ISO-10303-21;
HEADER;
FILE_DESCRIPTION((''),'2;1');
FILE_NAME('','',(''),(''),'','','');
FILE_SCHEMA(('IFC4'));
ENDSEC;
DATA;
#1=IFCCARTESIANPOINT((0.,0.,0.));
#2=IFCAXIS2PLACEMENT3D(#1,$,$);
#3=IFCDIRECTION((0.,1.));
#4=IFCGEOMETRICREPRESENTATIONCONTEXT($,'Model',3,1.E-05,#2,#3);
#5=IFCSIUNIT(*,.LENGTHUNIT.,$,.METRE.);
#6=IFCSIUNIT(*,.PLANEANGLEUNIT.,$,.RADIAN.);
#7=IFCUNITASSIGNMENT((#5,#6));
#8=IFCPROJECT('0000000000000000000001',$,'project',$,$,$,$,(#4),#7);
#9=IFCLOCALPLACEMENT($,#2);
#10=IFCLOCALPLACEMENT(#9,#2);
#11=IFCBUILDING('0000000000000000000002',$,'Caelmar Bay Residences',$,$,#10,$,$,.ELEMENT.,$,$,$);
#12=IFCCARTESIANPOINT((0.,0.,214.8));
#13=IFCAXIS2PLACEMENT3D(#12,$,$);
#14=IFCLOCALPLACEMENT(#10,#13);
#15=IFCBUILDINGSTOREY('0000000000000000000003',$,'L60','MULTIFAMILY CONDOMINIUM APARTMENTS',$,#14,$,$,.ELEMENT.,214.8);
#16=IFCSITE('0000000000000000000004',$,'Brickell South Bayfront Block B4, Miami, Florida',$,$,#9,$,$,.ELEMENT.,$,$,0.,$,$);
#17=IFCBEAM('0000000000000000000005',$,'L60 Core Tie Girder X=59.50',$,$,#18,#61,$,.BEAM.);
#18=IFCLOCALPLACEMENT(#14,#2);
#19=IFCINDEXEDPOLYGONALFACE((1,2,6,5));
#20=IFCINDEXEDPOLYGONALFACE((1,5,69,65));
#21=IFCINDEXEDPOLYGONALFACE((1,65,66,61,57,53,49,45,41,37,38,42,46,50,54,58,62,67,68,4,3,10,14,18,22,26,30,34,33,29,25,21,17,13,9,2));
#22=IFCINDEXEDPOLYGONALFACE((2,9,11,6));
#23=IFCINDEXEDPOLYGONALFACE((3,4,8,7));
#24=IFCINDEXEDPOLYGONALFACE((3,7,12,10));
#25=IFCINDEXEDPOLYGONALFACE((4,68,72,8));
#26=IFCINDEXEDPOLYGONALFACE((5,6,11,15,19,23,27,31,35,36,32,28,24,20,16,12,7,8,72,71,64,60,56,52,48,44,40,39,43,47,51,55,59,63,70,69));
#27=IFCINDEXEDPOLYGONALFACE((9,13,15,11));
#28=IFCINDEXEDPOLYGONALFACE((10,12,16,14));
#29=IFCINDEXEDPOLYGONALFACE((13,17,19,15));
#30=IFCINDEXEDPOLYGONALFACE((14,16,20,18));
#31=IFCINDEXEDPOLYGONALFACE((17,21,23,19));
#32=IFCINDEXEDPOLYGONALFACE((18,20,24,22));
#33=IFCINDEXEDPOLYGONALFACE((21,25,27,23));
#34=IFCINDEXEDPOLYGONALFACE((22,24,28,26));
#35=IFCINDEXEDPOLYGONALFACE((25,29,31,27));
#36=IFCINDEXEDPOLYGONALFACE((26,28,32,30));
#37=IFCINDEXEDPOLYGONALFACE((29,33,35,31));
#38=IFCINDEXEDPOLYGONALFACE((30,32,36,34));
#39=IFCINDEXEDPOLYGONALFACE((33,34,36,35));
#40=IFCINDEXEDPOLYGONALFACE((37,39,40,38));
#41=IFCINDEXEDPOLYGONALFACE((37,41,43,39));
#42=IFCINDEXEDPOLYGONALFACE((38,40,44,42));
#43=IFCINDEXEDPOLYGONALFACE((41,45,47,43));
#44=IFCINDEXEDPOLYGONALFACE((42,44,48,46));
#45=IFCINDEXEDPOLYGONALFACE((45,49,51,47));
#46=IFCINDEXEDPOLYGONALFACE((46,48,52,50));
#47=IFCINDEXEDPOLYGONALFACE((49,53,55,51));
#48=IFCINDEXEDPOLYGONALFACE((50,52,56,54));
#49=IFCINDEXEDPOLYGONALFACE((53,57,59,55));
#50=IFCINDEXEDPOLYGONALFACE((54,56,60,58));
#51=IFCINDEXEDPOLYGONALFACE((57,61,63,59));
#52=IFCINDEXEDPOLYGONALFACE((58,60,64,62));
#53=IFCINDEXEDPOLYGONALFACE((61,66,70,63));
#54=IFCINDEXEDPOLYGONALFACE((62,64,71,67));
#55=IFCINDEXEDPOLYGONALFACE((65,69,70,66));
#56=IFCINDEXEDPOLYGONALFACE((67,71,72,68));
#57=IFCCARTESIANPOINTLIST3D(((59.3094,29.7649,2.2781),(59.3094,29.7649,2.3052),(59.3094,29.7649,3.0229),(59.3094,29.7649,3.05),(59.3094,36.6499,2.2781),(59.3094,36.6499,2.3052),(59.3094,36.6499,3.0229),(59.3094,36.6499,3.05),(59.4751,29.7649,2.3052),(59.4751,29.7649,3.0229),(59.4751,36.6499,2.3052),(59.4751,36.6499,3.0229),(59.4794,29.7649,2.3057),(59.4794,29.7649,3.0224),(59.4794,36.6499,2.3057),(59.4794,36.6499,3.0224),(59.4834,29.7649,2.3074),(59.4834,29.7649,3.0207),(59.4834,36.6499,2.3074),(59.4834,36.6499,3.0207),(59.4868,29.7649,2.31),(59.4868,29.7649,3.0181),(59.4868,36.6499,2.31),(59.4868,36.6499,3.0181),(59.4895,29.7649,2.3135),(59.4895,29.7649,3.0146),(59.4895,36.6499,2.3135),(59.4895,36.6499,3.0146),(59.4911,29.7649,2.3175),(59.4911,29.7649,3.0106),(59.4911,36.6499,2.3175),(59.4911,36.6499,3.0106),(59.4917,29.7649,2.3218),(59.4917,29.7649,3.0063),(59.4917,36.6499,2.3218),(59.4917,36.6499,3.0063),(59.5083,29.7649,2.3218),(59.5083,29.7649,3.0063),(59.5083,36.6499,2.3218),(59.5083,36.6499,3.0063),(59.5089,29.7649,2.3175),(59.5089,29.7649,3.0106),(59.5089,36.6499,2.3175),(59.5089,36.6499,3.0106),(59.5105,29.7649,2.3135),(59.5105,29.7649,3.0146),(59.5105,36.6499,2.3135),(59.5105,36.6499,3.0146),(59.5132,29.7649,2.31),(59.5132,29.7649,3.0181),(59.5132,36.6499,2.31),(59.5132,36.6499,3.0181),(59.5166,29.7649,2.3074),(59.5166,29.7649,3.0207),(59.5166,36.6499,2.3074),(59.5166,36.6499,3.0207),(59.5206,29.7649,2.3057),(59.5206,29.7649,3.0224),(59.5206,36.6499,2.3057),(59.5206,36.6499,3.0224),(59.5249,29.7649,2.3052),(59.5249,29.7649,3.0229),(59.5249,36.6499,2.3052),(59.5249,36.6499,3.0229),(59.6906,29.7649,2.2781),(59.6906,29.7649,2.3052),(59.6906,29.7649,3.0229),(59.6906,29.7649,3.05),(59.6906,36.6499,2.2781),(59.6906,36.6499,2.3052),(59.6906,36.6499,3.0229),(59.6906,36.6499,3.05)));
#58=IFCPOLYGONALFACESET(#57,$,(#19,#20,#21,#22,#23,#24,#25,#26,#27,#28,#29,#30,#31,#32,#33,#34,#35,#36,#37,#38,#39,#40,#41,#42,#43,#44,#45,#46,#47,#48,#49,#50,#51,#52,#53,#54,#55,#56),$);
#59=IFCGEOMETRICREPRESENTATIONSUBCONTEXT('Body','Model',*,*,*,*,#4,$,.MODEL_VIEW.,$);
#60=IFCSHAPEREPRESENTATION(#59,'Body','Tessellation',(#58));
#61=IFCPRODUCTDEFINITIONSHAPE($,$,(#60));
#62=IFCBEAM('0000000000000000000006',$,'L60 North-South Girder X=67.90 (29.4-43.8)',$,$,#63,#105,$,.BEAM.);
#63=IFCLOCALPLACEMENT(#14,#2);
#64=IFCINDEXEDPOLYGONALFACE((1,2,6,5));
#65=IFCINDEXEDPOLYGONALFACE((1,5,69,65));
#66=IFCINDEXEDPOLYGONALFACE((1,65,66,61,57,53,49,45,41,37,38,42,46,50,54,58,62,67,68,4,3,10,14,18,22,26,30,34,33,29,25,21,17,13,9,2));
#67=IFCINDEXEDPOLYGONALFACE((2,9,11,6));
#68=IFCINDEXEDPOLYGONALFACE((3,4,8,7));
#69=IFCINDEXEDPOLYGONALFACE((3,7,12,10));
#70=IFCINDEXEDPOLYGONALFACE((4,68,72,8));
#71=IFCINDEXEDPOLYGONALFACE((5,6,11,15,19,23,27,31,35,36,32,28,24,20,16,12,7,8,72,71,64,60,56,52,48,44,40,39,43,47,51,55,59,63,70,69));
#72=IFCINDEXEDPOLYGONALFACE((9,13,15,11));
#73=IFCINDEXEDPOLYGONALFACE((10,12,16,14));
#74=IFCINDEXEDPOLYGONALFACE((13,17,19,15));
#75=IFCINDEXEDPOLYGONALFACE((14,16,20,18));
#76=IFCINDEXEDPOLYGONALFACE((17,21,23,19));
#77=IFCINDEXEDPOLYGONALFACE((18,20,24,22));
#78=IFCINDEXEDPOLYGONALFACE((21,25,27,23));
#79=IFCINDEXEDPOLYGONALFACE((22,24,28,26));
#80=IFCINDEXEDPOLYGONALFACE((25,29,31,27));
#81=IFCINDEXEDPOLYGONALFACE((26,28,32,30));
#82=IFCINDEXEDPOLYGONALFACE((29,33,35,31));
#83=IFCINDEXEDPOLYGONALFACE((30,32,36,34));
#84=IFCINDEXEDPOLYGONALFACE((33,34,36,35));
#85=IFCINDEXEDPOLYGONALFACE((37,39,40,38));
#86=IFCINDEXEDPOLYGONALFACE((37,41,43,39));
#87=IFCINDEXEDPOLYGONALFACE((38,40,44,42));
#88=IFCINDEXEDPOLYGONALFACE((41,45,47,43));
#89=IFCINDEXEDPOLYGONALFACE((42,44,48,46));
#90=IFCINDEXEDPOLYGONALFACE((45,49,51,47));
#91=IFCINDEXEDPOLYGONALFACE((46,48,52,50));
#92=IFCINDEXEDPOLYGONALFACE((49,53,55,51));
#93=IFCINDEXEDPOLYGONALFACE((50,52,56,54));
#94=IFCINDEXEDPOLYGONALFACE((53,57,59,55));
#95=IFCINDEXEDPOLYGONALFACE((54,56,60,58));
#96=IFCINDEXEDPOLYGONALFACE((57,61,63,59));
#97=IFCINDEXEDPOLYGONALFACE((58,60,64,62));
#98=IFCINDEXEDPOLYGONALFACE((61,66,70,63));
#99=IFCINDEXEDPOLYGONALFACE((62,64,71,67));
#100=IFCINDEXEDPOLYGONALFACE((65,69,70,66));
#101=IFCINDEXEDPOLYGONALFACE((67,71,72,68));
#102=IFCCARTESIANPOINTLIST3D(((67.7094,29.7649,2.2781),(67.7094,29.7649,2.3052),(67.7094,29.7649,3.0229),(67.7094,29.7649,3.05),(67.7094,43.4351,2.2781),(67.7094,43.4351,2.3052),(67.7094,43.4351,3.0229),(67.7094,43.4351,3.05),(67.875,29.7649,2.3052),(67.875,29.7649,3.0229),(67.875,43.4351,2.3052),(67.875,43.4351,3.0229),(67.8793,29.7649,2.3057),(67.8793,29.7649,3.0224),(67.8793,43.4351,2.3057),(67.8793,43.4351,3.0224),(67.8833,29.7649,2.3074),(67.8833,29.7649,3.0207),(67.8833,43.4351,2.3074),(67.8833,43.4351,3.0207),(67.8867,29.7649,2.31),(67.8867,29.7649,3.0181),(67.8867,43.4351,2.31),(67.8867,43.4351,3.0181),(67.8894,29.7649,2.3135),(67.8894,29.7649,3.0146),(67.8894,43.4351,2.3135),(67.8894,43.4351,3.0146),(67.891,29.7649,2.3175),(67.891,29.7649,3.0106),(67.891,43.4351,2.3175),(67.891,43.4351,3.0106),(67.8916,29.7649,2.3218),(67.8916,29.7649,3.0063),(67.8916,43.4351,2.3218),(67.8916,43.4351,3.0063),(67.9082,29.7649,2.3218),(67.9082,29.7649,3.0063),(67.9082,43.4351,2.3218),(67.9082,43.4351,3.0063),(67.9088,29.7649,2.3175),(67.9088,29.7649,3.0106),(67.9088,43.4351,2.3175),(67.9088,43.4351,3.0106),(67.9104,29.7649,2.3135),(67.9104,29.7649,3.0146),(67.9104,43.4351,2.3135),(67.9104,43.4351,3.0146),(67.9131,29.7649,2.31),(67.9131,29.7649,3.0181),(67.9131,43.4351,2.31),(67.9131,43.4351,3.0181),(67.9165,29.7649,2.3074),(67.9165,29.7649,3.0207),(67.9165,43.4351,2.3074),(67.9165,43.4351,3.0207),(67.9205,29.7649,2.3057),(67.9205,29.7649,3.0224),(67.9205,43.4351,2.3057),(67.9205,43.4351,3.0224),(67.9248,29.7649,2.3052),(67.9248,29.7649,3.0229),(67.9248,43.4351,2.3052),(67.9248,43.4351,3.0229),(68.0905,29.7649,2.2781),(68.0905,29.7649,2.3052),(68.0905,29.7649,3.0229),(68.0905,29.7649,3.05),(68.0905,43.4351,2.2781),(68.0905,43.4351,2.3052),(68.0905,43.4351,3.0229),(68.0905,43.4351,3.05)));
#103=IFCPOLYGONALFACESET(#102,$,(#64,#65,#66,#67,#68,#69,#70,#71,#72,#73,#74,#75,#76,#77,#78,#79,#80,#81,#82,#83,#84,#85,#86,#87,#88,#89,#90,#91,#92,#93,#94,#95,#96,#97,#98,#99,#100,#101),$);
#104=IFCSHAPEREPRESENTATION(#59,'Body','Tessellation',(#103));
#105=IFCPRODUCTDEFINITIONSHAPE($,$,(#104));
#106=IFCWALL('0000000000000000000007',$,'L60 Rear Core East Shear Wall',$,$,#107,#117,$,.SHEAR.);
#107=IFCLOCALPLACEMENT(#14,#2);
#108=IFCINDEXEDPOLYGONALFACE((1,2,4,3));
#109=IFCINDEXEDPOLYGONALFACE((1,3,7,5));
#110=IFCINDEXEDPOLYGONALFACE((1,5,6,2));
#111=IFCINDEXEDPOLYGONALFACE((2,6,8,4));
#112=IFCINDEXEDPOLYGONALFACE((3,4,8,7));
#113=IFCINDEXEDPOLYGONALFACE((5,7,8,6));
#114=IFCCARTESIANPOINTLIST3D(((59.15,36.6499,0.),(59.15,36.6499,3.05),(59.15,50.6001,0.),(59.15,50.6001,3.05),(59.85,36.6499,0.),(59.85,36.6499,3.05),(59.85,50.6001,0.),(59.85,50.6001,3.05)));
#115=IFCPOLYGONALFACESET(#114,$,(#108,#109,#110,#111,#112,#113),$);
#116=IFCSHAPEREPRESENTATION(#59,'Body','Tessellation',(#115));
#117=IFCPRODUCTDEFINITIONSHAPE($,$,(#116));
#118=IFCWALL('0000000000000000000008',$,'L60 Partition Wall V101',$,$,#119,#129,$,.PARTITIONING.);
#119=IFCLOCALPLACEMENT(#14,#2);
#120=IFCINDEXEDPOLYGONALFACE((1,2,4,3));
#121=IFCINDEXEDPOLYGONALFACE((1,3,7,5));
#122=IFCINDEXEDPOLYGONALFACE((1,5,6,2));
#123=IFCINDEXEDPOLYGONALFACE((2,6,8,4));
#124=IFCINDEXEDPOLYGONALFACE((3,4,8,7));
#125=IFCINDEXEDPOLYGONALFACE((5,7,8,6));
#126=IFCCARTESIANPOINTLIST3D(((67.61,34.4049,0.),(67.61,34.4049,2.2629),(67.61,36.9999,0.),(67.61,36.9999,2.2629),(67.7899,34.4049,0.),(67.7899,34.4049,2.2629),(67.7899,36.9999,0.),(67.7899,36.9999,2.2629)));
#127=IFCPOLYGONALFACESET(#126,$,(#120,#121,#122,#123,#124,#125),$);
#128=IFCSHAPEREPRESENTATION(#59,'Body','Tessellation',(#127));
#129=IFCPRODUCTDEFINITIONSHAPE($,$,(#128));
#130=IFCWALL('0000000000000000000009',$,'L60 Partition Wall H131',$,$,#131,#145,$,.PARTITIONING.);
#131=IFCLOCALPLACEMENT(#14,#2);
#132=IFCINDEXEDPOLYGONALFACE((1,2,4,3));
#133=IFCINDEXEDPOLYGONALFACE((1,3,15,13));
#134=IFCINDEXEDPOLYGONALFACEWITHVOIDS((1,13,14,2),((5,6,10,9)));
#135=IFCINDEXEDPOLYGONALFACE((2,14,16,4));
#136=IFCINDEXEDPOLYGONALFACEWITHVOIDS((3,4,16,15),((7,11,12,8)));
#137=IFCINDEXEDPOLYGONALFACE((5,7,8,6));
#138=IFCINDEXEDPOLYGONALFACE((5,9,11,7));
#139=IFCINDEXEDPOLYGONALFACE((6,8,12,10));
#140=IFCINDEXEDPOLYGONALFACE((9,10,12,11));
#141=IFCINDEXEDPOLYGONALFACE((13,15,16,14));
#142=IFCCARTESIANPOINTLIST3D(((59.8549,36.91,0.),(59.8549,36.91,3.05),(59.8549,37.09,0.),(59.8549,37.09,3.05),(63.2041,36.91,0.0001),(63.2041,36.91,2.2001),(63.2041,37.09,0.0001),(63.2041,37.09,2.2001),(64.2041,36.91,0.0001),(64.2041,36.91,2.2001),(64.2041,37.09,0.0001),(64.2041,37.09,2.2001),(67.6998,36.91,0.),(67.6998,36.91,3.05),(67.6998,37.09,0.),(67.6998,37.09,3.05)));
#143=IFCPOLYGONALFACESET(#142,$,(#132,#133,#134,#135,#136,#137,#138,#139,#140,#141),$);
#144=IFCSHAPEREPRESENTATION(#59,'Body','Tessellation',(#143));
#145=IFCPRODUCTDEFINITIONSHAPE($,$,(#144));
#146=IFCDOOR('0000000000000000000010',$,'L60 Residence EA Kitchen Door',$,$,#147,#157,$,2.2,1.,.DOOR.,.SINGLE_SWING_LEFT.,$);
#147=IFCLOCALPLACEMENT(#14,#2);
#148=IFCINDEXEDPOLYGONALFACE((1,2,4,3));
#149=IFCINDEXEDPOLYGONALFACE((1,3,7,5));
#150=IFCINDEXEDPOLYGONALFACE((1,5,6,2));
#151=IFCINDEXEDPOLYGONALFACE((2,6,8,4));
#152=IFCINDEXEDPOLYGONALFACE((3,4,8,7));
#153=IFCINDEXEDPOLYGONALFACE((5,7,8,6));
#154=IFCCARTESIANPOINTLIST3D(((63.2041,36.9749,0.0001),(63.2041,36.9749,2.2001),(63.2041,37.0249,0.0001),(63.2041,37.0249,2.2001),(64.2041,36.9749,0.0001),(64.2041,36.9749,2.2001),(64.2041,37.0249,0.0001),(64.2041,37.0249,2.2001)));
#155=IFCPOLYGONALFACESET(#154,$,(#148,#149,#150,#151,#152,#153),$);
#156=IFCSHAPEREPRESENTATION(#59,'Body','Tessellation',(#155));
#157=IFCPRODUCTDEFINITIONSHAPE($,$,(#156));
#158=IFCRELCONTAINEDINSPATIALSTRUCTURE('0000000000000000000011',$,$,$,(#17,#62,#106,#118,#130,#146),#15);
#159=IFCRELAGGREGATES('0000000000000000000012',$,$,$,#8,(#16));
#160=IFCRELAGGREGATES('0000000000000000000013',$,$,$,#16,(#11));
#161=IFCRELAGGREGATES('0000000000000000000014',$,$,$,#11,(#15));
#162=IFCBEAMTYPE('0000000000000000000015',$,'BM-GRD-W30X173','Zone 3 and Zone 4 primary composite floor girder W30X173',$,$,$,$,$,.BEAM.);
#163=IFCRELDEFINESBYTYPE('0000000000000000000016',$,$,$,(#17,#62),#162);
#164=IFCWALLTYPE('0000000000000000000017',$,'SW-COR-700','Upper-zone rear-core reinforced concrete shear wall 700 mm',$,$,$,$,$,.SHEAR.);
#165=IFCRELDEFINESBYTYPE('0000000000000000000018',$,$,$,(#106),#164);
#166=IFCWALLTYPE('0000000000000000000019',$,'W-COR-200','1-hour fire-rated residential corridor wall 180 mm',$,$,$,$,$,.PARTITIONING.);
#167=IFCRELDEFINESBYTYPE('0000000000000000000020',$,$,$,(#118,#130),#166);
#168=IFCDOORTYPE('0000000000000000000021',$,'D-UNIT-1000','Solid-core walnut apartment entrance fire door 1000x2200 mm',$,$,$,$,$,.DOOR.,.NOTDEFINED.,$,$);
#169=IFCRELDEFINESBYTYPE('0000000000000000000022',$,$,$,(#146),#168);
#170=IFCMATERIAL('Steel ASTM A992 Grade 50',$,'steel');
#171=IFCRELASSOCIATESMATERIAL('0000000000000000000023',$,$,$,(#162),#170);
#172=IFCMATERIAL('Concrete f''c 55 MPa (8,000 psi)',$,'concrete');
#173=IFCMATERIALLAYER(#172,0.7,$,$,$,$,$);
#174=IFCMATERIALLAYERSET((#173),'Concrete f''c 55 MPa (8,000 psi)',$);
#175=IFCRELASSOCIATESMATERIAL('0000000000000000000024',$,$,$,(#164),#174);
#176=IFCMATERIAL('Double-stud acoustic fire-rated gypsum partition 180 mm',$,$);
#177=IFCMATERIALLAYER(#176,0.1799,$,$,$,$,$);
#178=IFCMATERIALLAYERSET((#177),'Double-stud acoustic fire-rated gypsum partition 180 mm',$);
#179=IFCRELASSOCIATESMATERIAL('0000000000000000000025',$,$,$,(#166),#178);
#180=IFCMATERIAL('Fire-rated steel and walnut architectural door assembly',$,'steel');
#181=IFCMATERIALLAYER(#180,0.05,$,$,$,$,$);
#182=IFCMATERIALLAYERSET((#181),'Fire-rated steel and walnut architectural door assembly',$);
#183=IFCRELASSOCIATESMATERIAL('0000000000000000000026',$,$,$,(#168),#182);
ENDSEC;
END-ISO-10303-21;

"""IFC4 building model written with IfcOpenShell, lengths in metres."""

from ifc_helpers import new_model, si_unit, direction, frame, frame_2d, origin, origin_2d, place, context, subcontext, project, spatial, rectangle, i_section, extrude, material, layer, layer_set, material_profile, profile_set, type_object, element, fill, save


model = new_model("IFC4")

# Units and contexts
model_context = context("Model", 3, precision=1e-05, world=origin(), true_north=direction((0.0, 1.0)))
body_context = subcontext(model_context, "Body", "Model", "MODEL_VIEW")
ifc_project = project(units=[si_unit("LENGTHUNIT", "METRE"), si_unit("PLANEANGLEUNIT", "RADIAN")], contexts=[model_context])

# Site, building, storey
site_placement = place(None, origin())
site = spatial("IfcSite", under=ifc_project, at=site_placement, Name="Brickell South Bayfront Block B4, Miami, Florida", CompositionType="ELEMENT", RefElevation=0.0)
building_placement = place(site_placement, origin())
building = spatial("IfcBuilding", under=site, at=building_placement, Name="Caelmar Bay Residences", CompositionType="ELEMENT")
storey_placement = place(building_placement, frame((0.0, 0.0, 214.8)))
storey = spatial("IfcBuildingStorey", under=building, at=storey_placement, Name="L60", Description="MULTIFAMILY CONDOMINIUM APARTMENTS", CompositionType="ELEMENT", Elevation=214.8)

# Beams
ifc_material_1 = material(Name="Steel ASTM A992 Grade 50", Category="steel")
ifc_material_profile_1 = material_profile(ifc_material_1, i_section(OverallWidth=0.3811, OverallDepth=0.772, WebThickness=0.0166, FlangeThickness=0.0271, FilletRadius=0.0166, at=origin_2d()), Name="W30X173")
ifc_profile_set_1 = profile_set([ifc_material_profile_1], Name="Steel ASTM A992 Grade 50")
beam_type = type_object("IfcBeamType", Name="BM-GRD-W30X173", Description="Zone 3 and Zone 4 primary composite floor girder W30X173", PredefinedType="BEAM", material=ifc_profile_set_1)
beam_1_placement = place(storey_placement, frame((59.5, 29.7649, 2.6641), z_axis=(0.0, 1.0, 0.0), x_axis=(-1.0, 0.0, 0.0)))
element("IfcBeam", 1, at=beam_1_placement, inside=storey, type_object=beam_type, Name="L60 Core Tie Girder X=59.50", PredefinedType="BEAM", context=body_context, shape_type="SweptSolid", body=[
    extrude(i_section(OverallWidth=0.3811, OverallDepth=0.772, WebThickness=0.0166, FlangeThickness=0.0271, FilletRadius=0.0166, at=origin_2d()), origin(), (0.0, 0.0, 1.0), 6.885),
])
beam_2_placement = place(storey_placement, frame((67.8999, 29.7649, 2.6641), z_axis=(0.0, 1.0, 0.0), x_axis=(-1.0, 0.0, 0.0)))
element("IfcBeam", 2, at=beam_2_placement, inside=storey, type_object=beam_type, Name="L60 North-South Girder X=67.90 (29.4-43.8)", PredefinedType="BEAM", context=body_context, shape_type="SweptSolid", body=[
    extrude(i_section(OverallWidth=0.3811, OverallDepth=0.772, WebThickness=0.0166, FlangeThickness=0.0271, FilletRadius=0.0166, at=origin_2d()), origin(), (0.0, 0.0, 1.0), 13.6702),
])

# Walls
ifc_material_2 = material(Name="Concrete f'c 55 MPa (8,000 psi)", Category="concrete")
ifc_layer_1 = layer(ifc_material_2, 0.7)
ifc_layer_set_1 = layer_set([ifc_layer_1], Name="Concrete f'c 55 MPa (8,000 psi)")
wall_type_1 = type_object("IfcWallType", Name="SW-COR-700", Description="Upper-zone rear-core reinforced concrete shear wall 700 mm", PredefinedType="SHEAR", material=ifc_layer_set_1)
wall_1_placement = place(storey_placement, frame((59.5, 36.6499, 0.0), z_axis=(0.0, 0.0, 1.0), x_axis=(0.0, 1.0, 0.0)))
element("IfcWall", 3, at=wall_1_placement, inside=storey, type_object=wall_type_1, Name="L60 Rear Core East Shear Wall", PredefinedType="SHEAR", context=body_context, shape_type="SweptSolid", body=[
    extrude(rectangle(XDim=13.9502, YDim=0.7, at=frame_2d((6.9751, 0.0))), origin(), (0.0, 0.0, 1.0), 3.05),
])
ifc_material_3 = material(Name="Double-stud acoustic fire-rated gypsum partition 180 mm")
ifc_layer_2 = layer(ifc_material_3, 0.1799)
ifc_layer_set_2 = layer_set([ifc_layer_2], Name="Double-stud acoustic fire-rated gypsum partition 180 mm")
wall_type_2 = type_object("IfcWallType", Name="W-COR-200", Description="1-hour fire-rated residential corridor wall 180 mm", PredefinedType="PARTITIONING", material=ifc_layer_set_2)
wall_2_placement = place(storey_placement, frame((67.7, 34.405, 0.0), z_axis=(0.0, 0.0, 1.0), x_axis=(0.0, 1.0, 0.0)))
element("IfcWall", 4, at=wall_2_placement, inside=storey, type_object=wall_type_2, Name="L60 Partition Wall V101", PredefinedType="PARTITIONING", context=body_context, shape_type="SweptSolid", body=[
    extrude(rectangle(XDim=2.595, YDim=0.1799, at=frame_2d((1.2974, 0.0))), origin(), (0.0, 0.0, 1.0), 2.2629),
])

# Wall, opening, door
wall_3_placement = place(storey_placement, frame((59.855, 37.0, 0.0), z_axis=(0.0, 0.0, 1.0), x_axis=(1.0, 0.0, 0.0)))
wall_3 = element("IfcWall", 5, at=wall_3_placement, inside=storey, type_object=wall_type_2, Name="L60 Partition Wall H131", PredefinedType="PARTITIONING", context=body_context, shape_type="SweptSolid", body=[
    extrude(rectangle(XDim=7.845, YDim=0.1799, at=frame_2d((3.9224, 0.0))), origin(), (0.0, 0.0, 1.0), 3.05),
])
opening_1_placement = place(wall_3_placement, frame((3.3491, 0.0, 0.0)))
opening_1 = element("IfcOpeningElement", 6, at=opening_1_placement, cuts=wall_3, PredefinedType="OPENING", context=body_context, shape_type="SweptSolid", body=[
    extrude(rectangle(XDim=1.0, YDim=2.2, at=frame_2d((0.5, 1.1001))), frame((0.0, 0.0999, 0.0), z_axis=(0.0, -1.0, 0.0), x_axis=(1.0, 0.0, 0.0)), (0.0, 0.0, 1.0), 0.2),
])
ifc_material_4 = material(Name="Fire-rated steel and walnut architectural door assembly", Category="steel")
ifc_layer_3 = layer(ifc_material_4, 0.05)
ifc_layer_set_3 = layer_set([ifc_layer_3], Name="Fire-rated steel and walnut architectural door assembly")
door_type_1 = type_object("IfcDoorType", Name="D-UNIT-1000", Description="Solid-core walnut apartment entrance fire door 1000x2200 mm", OperationType="NOTDEFINED", PredefinedType="DOOR", material=ifc_layer_set_3)
door_1_placement = place(opening_1_placement, origin())
door_1 = element("IfcDoor", 7, at=door_1_placement, inside=storey, type_object=door_type_1, Name="L60 Residence EA Kitchen Door", OperationType="SINGLE_SWING_LEFT", OverallHeight=2.2, OverallWidth=1.0, PredefinedType="DOOR", context=body_context, shape_type="SweptSolid", body=[
    extrude(rectangle(XDim=1.0, YDim=2.2, at=frame_2d((0.5, 1.1001))), frame((0.0, 0.0249, 0.0), z_axis=(0.0, -1.0, 0.0), x_axis=(1.0, 0.0, 0.0)), (0.0, 0.0, 1.0), 0.05),
])
fill(opening_1, door_1)

save(model, "model.ifc")
